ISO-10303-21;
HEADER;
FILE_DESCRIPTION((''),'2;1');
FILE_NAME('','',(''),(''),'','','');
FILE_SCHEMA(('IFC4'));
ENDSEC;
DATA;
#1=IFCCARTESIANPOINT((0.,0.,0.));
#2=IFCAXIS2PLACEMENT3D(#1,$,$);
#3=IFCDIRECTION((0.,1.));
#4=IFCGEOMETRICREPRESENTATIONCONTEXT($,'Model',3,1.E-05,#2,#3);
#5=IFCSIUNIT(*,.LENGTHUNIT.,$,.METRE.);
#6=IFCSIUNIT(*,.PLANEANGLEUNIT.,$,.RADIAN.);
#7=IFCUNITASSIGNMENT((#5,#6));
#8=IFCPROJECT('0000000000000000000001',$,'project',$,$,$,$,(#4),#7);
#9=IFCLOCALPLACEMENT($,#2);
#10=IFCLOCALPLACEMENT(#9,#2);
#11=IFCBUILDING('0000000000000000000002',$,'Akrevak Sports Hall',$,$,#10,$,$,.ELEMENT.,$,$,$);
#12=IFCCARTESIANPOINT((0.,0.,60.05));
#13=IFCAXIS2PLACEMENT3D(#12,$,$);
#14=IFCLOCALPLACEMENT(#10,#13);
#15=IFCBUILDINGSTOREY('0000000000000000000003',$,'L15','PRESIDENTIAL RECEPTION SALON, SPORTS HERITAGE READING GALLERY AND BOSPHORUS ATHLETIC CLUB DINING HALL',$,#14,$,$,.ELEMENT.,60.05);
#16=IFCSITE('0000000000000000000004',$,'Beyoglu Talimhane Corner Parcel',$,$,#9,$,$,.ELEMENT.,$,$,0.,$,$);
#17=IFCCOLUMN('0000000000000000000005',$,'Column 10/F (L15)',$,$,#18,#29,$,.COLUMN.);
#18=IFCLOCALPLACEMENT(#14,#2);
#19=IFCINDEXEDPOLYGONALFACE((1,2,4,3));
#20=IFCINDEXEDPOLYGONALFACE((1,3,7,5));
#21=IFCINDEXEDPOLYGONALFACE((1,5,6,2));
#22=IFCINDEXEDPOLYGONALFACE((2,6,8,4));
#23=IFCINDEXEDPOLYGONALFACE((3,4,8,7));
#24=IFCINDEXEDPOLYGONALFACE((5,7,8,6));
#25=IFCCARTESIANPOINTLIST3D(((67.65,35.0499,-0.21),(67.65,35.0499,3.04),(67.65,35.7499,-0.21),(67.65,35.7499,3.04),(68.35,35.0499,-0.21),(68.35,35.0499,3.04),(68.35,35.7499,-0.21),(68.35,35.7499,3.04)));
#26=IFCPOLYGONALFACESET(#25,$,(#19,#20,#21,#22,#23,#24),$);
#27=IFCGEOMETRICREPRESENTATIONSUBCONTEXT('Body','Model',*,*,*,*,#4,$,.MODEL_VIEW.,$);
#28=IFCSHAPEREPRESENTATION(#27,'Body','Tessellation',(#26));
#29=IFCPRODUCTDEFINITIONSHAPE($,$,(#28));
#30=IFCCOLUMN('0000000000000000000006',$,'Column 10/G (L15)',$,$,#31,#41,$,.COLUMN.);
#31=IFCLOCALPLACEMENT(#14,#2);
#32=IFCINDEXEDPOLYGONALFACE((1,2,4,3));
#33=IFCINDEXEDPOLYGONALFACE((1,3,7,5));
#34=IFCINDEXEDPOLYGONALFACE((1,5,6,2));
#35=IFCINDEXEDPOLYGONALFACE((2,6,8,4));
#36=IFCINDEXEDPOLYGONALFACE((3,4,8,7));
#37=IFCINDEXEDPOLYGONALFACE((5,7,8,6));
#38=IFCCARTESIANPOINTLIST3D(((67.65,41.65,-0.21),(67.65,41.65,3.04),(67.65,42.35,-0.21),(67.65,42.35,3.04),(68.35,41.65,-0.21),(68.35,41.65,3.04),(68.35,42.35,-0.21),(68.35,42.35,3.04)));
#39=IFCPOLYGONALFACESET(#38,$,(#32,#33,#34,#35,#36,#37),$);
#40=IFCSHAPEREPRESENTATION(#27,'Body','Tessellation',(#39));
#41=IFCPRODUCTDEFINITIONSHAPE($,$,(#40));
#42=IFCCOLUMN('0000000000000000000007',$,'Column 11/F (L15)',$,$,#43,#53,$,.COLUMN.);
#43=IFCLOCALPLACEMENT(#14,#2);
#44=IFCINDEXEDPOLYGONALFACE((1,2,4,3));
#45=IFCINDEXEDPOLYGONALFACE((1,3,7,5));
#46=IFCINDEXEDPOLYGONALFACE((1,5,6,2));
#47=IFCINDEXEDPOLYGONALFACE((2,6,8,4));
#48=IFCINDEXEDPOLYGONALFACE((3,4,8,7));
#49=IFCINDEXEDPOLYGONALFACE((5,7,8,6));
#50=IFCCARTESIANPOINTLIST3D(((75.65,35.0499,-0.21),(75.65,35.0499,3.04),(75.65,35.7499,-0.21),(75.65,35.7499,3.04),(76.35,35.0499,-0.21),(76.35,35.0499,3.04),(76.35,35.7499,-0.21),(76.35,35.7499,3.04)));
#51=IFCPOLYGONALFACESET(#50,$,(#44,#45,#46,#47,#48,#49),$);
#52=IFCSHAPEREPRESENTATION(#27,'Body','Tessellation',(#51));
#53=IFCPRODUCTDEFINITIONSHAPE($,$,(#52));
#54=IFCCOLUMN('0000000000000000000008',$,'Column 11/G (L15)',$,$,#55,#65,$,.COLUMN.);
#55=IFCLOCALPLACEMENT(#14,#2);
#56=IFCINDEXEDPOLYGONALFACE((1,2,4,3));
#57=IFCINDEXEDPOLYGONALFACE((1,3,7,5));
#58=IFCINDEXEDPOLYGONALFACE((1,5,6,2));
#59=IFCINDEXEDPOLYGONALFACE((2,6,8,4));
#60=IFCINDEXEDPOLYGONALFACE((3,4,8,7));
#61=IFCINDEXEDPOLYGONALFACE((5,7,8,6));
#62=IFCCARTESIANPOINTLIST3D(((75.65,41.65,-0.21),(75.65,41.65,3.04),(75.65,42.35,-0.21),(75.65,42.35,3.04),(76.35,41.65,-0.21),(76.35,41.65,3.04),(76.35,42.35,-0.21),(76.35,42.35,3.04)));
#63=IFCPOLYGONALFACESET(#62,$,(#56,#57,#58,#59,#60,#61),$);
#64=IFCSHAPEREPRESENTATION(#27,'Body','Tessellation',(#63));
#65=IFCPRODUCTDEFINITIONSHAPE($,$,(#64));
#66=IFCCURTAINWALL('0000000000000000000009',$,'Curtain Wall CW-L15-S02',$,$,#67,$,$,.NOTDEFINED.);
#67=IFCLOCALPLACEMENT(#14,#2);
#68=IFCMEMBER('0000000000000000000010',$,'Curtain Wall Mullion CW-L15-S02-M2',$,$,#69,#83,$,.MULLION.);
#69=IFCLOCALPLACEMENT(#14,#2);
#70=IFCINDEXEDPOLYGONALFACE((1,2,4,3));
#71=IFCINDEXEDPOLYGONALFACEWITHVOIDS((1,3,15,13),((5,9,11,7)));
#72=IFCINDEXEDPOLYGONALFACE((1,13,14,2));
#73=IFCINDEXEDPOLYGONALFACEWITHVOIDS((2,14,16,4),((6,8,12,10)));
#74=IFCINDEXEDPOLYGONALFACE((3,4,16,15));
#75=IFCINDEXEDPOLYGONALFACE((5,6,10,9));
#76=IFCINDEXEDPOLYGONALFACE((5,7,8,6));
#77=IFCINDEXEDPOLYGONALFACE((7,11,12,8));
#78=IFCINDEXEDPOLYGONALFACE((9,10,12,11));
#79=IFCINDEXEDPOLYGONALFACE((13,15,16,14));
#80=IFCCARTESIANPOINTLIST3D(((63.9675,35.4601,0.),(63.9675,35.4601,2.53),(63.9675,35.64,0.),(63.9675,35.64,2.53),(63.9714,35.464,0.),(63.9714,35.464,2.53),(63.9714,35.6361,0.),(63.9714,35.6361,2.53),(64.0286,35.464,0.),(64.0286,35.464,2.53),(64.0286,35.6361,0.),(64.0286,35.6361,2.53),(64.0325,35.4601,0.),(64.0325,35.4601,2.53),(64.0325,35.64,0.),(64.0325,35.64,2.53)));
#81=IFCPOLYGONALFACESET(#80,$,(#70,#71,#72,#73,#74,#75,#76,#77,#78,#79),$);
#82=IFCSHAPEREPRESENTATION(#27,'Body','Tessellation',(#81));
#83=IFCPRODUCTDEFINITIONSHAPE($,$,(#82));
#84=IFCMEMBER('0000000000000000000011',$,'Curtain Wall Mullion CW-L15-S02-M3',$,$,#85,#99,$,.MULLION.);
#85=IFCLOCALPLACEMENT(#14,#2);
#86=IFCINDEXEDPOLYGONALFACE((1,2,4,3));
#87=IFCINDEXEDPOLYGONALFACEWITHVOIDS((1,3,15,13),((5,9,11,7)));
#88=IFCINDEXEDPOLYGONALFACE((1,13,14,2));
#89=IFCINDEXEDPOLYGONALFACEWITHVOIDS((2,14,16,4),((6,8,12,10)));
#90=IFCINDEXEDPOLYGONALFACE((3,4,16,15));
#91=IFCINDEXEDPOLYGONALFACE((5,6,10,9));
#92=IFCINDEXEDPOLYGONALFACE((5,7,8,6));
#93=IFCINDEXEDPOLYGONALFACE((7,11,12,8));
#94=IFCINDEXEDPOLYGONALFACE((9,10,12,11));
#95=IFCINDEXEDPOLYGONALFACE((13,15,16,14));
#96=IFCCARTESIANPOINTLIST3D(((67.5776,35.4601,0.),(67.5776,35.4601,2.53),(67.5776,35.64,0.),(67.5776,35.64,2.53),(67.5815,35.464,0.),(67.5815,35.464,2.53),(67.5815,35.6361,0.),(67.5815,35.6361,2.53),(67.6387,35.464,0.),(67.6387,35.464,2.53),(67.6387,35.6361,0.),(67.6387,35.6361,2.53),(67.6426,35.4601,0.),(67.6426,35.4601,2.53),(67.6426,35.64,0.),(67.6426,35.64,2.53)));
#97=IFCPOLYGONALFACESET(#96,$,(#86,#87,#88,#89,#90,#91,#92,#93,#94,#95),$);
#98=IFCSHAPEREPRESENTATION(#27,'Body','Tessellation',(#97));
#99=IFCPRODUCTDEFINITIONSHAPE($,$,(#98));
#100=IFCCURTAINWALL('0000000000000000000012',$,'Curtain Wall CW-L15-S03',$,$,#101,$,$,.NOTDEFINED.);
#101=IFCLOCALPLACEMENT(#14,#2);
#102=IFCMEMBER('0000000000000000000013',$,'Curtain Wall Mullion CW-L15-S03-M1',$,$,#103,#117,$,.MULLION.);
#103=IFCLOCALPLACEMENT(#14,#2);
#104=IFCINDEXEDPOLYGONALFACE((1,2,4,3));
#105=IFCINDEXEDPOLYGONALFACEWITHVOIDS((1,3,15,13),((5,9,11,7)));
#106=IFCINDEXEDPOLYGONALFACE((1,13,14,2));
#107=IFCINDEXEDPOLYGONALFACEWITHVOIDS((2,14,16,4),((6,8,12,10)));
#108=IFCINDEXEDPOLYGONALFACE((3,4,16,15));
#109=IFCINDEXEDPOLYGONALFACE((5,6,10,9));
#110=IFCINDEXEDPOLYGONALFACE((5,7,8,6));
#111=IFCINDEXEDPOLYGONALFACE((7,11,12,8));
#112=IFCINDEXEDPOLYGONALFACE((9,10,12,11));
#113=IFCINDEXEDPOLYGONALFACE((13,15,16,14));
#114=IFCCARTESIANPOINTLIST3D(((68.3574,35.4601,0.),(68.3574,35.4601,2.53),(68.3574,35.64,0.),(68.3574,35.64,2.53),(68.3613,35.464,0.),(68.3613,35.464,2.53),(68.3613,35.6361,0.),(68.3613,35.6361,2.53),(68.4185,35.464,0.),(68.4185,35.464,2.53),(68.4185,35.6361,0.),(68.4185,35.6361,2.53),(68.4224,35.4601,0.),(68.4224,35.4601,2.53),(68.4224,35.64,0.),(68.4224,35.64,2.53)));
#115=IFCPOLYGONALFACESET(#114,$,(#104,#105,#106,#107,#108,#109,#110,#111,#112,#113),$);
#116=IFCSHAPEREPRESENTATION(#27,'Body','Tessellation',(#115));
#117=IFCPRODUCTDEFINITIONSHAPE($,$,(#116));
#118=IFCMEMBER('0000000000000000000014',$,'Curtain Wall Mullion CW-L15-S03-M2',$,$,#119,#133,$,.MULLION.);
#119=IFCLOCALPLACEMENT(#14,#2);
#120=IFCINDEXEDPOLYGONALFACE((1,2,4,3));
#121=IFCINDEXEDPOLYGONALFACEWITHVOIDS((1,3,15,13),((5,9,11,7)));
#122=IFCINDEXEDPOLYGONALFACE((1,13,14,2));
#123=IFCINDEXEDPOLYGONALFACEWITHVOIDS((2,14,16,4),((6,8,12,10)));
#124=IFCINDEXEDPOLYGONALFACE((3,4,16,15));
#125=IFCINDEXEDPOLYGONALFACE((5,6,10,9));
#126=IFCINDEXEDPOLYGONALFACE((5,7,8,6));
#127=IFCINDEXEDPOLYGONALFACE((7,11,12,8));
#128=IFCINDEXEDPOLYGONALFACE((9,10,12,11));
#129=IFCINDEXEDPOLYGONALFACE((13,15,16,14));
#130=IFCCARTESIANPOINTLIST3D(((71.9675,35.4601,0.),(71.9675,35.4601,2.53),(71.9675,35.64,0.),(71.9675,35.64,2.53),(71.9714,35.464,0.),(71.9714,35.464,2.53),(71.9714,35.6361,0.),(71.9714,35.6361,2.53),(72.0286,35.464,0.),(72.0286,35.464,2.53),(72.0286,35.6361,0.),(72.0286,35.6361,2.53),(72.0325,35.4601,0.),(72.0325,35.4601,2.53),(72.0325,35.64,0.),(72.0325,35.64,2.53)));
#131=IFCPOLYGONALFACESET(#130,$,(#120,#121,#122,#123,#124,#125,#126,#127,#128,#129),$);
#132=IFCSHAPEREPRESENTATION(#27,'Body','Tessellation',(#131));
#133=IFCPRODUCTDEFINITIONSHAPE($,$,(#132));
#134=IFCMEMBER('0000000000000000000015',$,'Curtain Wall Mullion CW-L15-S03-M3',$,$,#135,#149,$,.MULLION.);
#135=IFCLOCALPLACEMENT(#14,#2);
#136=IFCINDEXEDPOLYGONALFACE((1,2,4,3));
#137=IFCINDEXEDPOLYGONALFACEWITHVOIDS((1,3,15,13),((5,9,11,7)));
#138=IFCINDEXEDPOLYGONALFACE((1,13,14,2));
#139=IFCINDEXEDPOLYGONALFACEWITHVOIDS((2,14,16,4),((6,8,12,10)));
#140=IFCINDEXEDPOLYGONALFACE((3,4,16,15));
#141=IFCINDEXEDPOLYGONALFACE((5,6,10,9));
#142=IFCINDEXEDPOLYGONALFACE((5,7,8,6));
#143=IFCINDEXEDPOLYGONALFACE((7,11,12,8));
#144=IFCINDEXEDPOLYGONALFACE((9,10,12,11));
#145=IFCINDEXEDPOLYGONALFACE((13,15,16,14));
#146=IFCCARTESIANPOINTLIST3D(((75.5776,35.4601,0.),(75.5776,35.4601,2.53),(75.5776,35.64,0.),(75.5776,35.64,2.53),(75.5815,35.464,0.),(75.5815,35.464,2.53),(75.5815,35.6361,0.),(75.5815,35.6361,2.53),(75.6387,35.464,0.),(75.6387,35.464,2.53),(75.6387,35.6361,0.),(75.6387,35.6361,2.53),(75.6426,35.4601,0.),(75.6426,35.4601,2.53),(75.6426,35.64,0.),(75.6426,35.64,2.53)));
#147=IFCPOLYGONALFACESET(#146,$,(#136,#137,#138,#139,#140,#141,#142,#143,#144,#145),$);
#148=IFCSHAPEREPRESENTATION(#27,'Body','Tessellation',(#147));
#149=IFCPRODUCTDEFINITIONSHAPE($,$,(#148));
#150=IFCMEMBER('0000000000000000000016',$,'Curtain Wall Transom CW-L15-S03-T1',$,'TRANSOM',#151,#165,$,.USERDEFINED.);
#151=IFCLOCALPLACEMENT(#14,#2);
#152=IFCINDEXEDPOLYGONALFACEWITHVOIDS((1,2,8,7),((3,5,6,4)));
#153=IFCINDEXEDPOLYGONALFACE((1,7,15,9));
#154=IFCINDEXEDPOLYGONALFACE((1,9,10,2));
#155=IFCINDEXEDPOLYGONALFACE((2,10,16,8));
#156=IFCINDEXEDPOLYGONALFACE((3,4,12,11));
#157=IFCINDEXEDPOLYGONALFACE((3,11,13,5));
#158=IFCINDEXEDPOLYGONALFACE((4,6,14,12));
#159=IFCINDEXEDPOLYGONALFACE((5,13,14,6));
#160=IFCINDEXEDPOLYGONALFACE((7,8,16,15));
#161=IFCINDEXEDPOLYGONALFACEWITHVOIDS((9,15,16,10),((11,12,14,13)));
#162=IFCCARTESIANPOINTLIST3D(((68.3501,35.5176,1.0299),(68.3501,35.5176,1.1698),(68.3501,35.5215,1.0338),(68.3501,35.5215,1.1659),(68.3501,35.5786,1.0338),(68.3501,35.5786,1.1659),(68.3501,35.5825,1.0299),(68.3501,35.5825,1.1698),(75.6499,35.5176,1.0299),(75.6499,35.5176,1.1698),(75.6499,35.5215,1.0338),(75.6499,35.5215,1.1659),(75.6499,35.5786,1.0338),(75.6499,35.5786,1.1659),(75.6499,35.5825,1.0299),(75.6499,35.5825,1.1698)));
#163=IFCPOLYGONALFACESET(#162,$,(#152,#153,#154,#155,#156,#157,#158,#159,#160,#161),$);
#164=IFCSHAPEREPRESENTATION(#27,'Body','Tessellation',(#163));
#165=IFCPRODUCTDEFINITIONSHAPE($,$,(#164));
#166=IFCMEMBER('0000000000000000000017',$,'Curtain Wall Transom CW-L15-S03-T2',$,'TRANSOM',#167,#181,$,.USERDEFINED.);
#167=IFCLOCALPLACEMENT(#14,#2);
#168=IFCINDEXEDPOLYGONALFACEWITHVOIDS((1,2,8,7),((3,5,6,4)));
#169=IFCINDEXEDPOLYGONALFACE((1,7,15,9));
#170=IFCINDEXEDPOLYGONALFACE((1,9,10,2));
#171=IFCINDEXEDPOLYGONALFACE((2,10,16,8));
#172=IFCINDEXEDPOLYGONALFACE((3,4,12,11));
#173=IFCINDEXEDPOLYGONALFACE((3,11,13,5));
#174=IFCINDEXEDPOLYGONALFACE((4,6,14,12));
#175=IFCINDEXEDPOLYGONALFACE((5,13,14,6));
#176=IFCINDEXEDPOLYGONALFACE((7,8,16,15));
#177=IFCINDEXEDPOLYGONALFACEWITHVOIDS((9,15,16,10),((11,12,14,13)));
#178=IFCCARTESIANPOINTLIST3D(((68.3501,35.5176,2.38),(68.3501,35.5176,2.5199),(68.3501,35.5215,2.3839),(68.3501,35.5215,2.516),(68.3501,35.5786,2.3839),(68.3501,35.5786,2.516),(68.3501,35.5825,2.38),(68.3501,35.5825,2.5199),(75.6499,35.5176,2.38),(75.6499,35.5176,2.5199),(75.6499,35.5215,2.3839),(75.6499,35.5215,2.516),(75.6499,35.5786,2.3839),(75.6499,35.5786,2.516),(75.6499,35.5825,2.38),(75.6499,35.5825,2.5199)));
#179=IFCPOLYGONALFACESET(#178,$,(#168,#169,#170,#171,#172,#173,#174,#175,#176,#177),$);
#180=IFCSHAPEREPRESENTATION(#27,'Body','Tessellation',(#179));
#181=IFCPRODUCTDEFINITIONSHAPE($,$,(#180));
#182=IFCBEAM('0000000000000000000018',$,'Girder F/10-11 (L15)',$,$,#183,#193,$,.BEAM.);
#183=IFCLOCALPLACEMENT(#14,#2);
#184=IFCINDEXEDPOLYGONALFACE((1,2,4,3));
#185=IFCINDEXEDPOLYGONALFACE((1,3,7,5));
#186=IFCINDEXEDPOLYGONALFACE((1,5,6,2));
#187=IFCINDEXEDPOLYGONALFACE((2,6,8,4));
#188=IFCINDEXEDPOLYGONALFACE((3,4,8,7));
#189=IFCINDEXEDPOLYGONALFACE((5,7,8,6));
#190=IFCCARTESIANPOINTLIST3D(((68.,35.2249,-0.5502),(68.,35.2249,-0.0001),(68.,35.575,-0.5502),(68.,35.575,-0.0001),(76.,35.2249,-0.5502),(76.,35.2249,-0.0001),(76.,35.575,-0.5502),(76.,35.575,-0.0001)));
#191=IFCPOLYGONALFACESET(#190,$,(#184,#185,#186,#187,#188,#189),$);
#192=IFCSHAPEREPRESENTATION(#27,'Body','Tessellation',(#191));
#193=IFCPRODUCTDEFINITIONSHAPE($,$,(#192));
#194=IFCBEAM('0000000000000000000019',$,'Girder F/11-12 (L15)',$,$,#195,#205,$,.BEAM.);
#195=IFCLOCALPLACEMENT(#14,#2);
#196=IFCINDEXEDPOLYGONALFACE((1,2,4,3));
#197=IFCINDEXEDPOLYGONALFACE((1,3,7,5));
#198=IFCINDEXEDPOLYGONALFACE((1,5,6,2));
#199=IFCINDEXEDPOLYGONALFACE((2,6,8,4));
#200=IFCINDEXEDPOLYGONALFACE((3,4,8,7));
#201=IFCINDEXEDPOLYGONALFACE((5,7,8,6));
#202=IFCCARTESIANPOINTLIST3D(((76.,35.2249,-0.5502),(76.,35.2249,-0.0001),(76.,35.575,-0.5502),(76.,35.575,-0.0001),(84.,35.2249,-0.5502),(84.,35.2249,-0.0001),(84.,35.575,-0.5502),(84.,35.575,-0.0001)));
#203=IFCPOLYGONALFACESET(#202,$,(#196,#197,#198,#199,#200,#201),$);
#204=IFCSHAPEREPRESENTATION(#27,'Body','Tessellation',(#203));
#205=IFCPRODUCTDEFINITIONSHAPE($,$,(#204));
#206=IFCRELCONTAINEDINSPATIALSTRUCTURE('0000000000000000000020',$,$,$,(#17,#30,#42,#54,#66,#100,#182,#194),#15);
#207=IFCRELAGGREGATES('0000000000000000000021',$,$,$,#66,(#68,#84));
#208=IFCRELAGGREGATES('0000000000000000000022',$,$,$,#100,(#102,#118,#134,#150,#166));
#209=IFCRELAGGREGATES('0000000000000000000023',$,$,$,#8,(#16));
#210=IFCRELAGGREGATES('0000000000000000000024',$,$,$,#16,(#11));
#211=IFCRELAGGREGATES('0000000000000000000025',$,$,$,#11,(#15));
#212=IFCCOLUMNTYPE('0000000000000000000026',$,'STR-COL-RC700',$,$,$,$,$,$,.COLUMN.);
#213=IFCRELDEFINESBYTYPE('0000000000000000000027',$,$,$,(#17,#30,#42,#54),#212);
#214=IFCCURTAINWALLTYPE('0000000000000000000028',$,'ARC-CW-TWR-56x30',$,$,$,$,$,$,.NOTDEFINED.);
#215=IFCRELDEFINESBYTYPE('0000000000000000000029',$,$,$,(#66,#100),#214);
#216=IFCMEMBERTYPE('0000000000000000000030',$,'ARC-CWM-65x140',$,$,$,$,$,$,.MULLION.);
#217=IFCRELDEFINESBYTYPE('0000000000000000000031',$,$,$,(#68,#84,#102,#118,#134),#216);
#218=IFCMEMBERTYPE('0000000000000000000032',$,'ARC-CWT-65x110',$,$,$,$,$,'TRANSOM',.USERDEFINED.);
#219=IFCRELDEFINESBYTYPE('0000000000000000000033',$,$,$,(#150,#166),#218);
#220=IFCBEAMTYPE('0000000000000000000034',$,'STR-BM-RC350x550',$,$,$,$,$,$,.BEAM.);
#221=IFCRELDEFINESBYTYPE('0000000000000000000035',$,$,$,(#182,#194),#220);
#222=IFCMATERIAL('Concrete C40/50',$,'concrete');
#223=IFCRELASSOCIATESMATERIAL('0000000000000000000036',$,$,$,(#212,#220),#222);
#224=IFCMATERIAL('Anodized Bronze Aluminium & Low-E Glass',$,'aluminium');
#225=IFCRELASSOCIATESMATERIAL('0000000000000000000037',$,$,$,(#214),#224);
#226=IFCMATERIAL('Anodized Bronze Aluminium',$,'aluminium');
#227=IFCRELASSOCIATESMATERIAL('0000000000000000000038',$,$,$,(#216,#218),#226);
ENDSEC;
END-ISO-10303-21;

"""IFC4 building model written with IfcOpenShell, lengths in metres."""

from ifc_helpers import new_model, si_unit, direction, frame, origin, origin_2d, place, context, subcontext, project, spatial, rectangle, hollow_rectangle, extrude, material, material_profile, profile_set, type_object, element, aggregate, save


model = new_model("IFC4")

# Units and contexts
model_context = context("Model", 3, precision=1e-05, world=origin(), true_north=direction((0.0, 1.0)))
body_context = subcontext(model_context, "Body", "Model", "MODEL_VIEW")
ifc_project = project(units=[si_unit("LENGTHUNIT", "METRE"), si_unit("PLANEANGLEUNIT", "RADIAN")], contexts=[model_context])

# Site, building, storey
site_placement = place(None, origin())
site = spatial("IfcSite", under=ifc_project, at=site_placement, Name="Beyoglu Talimhane Corner Parcel", CompositionType="ELEMENT", RefElevation=0.0)
building_placement = place(site_placement, origin())
building = spatial("IfcBuilding", under=site, at=building_placement, Name="Akrevak Sports Hall", CompositionType="ELEMENT")
storey_placement = place(building_placement, frame((0.0, 0.0, 60.05)))
storey = spatial("IfcBuildingStorey", under=building, at=storey_placement, Name="L15", Description="PRESIDENTIAL RECEPTION SALON, SPORTS HERITAGE READING GALLERY AND BOSPHORUS ATHLETIC CLUB DINING HALL", CompositionType="ELEMENT", Elevation=60.05)

# Columns
ifc_material_1 = material(Name="Concrete C40/50", Category="concrete")
ifc_material_profile_1 = material_profile(ifc_material_1, rectangle(XDim=0.7, YDim=0.7, at=origin_2d()), Name="RC 700x700", Category="concrete")
ifc_profile_set_1 = profile_set([ifc_material_profile_1], Name="Concrete C40/50")
column_type = type_object("IfcColumnType", Name="STR-COL-RC700", PredefinedType="COLUMN", material=ifc_profile_set_1)
for number, where, z_axis, x_axis, name in (
    (1, (68.0, 35.3999, -0.21), (0.0, 0.0, 1.0), (1.0, 0.0, 0.0), "Column 10/F (L15)"),
    (2, (68.0, 42.0, -0.21), (0.0, 0.0, 1.0), (1.0, 0.0, 0.0), "Column 10/G (L15)"),
    (3, (76.0, 35.3999, -0.21), (0.0, 0.0, 1.0), (1.0, 0.0, 0.0), "Column 11/F (L15)"),
    (4, (76.0, 42.0, -0.21), (0.0, 0.0, 1.0), (1.0, 0.0, 0.0), "Column 11/G (L15)"),
):
    element("IfcColumn", number, at=place(storey_placement, frame(where, z_axis=z_axis, x_axis=x_axis)), inside=storey, type_object=column_type, Name=name, PredefinedType="COLUMN", context=body_context, shape_type="SweptSolid", body=[
        extrude(rectangle(XDim=0.7, YDim=0.7, at=origin_2d()), origin(), (0.0, 0.0, 1.0), 3.25),
    ])

# Curtain walls, members
ifc_material_2 = material(Name="Anodized Bronze Aluminium & Low-E Glass", Category="aluminium")
curtain_wall_type = type_object("IfcCurtainWallType", Name="ARC-CW-TWR-56x30", PredefinedType="NOTDEFINED", material=ifc_material_2)
curtain_wall_1_placement = place(storey_placement, origin())
curtain_wall_1 = element("IfcCurtainWall", 5, at=curtain_wall_1_placement, inside=storey, type_object=curtain_wall_type, Name="Curtain Wall CW-L15-S02", PredefinedType="NOTDEFINED")
ifc_material_3 = material(Name="Anodized Bronze Aluminium", Category="aluminium")
ifc_material_profile_2 = material_profile(ifc_material_3, hollow_rectangle(XDim=0.0649, YDim=0.1799, WallThickness=0.0039, at=origin_2d()), Name="CWM 65x180", Category="aluminium")
ifc_profile_set_2 = profile_set([ifc_material_profile_2], Name="Anodized Bronze Aluminium")
member_type_1 = type_object("IfcMemberType", Name="ARC-CWM-65x140", PredefinedType="MULLION", material=ifc_profile_set_2)
member_1_placement = place(storey_placement, frame((64.0, 35.55, 0.0), z_axis=(0.0, 0.0, 1.0), x_axis=(1.0, 0.0, 0.0)))
member_1 = element("IfcMember", 6, at=member_1_placement, type_object=member_type_1, Name="Curtain Wall Mullion CW-L15-S02-M2", PredefinedType="MULLION", context=body_context, shape_type="SweptSolid", body=[
    extrude(hollow_rectangle(XDim=0.0649, YDim=0.1799, WallThickness=0.0039, at=origin_2d()), origin(), (0.0, 0.0, 1.0), 2.53),
])
member_2_placement = place(storey_placement, frame((67.6101, 35.55, 0.0), z_axis=(0.0, 0.0, 1.0), x_axis=(1.0, 0.0, 0.0)))
member_2 = element("IfcMember", 7, at=member_2_placement, type_object=member_type_1, Name="Curtain Wall Mullion CW-L15-S02-M3", PredefinedType="MULLION", context=body_context, shape_type="SweptSolid", body=[
    extrude(hollow_rectangle(XDim=0.0649, YDim=0.1799, WallThickness=0.0039, at=origin_2d()), origin(), (0.0, 0.0, 1.0), 2.53),
])
curtain_wall_2_placement = place(storey_placement, origin())
curtain_wall_2 = element("IfcCurtainWall", 8, at=curtain_wall_2_placement, inside=storey, type_object=curtain_wall_type, Name="Curtain Wall CW-L15-S03", PredefinedType="NOTDEFINED")
member_3_placement = place(storey_placement, frame((68.3899, 35.55, 0.0), z_axis=(0.0, 0.0, 1.0), x_axis=(1.0, 0.0, 0.0)))
member_3 = element("IfcMember", 9, at=member_3_placement, type_object=member_type_1, Name="Curtain Wall Mullion CW-L15-S03-M1", PredefinedType="MULLION", context=body_context, shape_type="SweptSolid", body=[
    extrude(hollow_rectangle(XDim=0.0649, YDim=0.1799, WallThickness=0.0039, at=origin_2d()), origin(), (0.0, 0.0, 1.0), 2.53),
])
member_4_placement = place(storey_placement, frame((72.0, 35.55, 0.0), z_axis=(0.0, 0.0, 1.0), x_axis=(1.0, 0.0, 0.0)))
member_4 = element("IfcMember", 10, at=member_4_placement, type_object=member_type_1, Name="Curtain Wall Mullion CW-L15-S03-M2", PredefinedType="MULLION", context=body_context, shape_type="SweptSolid", body=[
    extrude(hollow_rectangle(XDim=0.0649, YDim=0.1799, WallThickness=0.0039, at=origin_2d()), origin(), (0.0, 0.0, 1.0), 2.53),
])
member_5_placement = place(storey_placement, frame((75.6101, 35.55, 0.0), z_axis=(0.0, 0.0, 1.0), x_axis=(1.0, 0.0, 0.0)))
member_5 = element("IfcMember", 11, at=member_5_placement, type_object=member_type_1, Name="Curtain Wall Mullion CW-L15-S03-M3", PredefinedType="MULLION", context=body_context, shape_type="SweptSolid", body=[
    extrude(hollow_rectangle(XDim=0.0649, YDim=0.1799, WallThickness=0.0039, at=origin_2d()), origin(), (0.0, 0.0, 1.0), 2.53),
])
ifc_material_profile_3 = material_profile(ifc_material_3, hollow_rectangle(XDim=0.0649, YDim=0.1399, WallThickness=0.0039, at=origin_2d()), Name="CWT 65x140", Category="aluminium")
ifc_profile_set_3 = profile_set([ifc_material_profile_3], Name="Anodized Bronze Aluminium")
member_type_2 = type_object("IfcMemberType", Name="ARC-CWT-65x110", ElementType="TRANSOM", PredefinedType="USERDEFINED", material=ifc_profile_set_3)
member_6_placement = place(storey_placement, frame((68.3501, 35.55, 1.0999), z_axis=(1.0, 0.0, 0.0), x_axis=(0.0, 1.0, 0.0)))
member_6 = element("IfcMember", 12, at=member_6_placement, type_object=member_type_2, Name="Curtain Wall Transom CW-L15-S03-T1", ObjectType="TRANSOM", PredefinedType="USERDEFINED", context=body_context, shape_type="SweptSolid", body=[
    extrude(hollow_rectangle(XDim=0.0649, YDim=0.1399, WallThickness=0.0039, at=origin_2d()), origin(), (0.0, 0.0, 1.0), 7.2998),
])
member_7_placement = place(storey_placement, frame((68.3501, 35.55, 2.45), z_axis=(1.0, 0.0, 0.0), x_axis=(0.0, 1.0, 0.0)))
member_7 = element("IfcMember", 13, at=member_7_placement, type_object=member_type_2, Name="Curtain Wall Transom CW-L15-S03-T2", ObjectType="TRANSOM", PredefinedType="USERDEFINED", context=body_context, shape_type="SweptSolid", body=[
    extrude(hollow_rectangle(XDim=0.0649, YDim=0.1399, WallThickness=0.0039, at=origin_2d()), origin(), (0.0, 0.0, 1.0), 7.2998),
])

# Beams
ifc_material_profile_4 = material_profile(ifc_material_1, rectangle(XDim=0.3501, YDim=0.55, at=origin_2d()), Name="BM 350x550", Category="concrete")
ifc_profile_set_4 = profile_set([ifc_material_profile_4], Name="Concrete C40/50")
beam_type = type_object("IfcBeamType", Name="STR-BM-RC350x550", PredefinedType="BEAM", material=ifc_profile_set_4)
for number, where, z_axis, x_axis, name in (
    (14, (68.0, 35.3999, -0.2751), (1.0, 0.0, 0.0), (0.0, 1.0, 0.0), "Girder F/10-11 (L15)"),
    (15, (76.0, 35.3999, -0.2751), (1.0, 0.0, 0.0), (0.0, 1.0, 0.0), "Girder F/11-12 (L15)"),
):
    element("IfcBeam", number, at=place(storey_placement, frame(where, z_axis=z_axis, x_axis=x_axis)), inside=storey, type_object=beam_type, Name=name, PredefinedType="BEAM", context=body_context, shape_type="SweptSolid", body=[
        extrude(rectangle(XDim=0.3501, YDim=0.55, at=origin_2d()), origin(), (0.0, 0.0, 1.0), 8.0),
    ])

aggregate(curtain_wall_1, [member_1, member_2])
aggregate(curtain_wall_2, [member_3, member_4, member_5, member_6, member_7])

save(model, "model.ifc")
